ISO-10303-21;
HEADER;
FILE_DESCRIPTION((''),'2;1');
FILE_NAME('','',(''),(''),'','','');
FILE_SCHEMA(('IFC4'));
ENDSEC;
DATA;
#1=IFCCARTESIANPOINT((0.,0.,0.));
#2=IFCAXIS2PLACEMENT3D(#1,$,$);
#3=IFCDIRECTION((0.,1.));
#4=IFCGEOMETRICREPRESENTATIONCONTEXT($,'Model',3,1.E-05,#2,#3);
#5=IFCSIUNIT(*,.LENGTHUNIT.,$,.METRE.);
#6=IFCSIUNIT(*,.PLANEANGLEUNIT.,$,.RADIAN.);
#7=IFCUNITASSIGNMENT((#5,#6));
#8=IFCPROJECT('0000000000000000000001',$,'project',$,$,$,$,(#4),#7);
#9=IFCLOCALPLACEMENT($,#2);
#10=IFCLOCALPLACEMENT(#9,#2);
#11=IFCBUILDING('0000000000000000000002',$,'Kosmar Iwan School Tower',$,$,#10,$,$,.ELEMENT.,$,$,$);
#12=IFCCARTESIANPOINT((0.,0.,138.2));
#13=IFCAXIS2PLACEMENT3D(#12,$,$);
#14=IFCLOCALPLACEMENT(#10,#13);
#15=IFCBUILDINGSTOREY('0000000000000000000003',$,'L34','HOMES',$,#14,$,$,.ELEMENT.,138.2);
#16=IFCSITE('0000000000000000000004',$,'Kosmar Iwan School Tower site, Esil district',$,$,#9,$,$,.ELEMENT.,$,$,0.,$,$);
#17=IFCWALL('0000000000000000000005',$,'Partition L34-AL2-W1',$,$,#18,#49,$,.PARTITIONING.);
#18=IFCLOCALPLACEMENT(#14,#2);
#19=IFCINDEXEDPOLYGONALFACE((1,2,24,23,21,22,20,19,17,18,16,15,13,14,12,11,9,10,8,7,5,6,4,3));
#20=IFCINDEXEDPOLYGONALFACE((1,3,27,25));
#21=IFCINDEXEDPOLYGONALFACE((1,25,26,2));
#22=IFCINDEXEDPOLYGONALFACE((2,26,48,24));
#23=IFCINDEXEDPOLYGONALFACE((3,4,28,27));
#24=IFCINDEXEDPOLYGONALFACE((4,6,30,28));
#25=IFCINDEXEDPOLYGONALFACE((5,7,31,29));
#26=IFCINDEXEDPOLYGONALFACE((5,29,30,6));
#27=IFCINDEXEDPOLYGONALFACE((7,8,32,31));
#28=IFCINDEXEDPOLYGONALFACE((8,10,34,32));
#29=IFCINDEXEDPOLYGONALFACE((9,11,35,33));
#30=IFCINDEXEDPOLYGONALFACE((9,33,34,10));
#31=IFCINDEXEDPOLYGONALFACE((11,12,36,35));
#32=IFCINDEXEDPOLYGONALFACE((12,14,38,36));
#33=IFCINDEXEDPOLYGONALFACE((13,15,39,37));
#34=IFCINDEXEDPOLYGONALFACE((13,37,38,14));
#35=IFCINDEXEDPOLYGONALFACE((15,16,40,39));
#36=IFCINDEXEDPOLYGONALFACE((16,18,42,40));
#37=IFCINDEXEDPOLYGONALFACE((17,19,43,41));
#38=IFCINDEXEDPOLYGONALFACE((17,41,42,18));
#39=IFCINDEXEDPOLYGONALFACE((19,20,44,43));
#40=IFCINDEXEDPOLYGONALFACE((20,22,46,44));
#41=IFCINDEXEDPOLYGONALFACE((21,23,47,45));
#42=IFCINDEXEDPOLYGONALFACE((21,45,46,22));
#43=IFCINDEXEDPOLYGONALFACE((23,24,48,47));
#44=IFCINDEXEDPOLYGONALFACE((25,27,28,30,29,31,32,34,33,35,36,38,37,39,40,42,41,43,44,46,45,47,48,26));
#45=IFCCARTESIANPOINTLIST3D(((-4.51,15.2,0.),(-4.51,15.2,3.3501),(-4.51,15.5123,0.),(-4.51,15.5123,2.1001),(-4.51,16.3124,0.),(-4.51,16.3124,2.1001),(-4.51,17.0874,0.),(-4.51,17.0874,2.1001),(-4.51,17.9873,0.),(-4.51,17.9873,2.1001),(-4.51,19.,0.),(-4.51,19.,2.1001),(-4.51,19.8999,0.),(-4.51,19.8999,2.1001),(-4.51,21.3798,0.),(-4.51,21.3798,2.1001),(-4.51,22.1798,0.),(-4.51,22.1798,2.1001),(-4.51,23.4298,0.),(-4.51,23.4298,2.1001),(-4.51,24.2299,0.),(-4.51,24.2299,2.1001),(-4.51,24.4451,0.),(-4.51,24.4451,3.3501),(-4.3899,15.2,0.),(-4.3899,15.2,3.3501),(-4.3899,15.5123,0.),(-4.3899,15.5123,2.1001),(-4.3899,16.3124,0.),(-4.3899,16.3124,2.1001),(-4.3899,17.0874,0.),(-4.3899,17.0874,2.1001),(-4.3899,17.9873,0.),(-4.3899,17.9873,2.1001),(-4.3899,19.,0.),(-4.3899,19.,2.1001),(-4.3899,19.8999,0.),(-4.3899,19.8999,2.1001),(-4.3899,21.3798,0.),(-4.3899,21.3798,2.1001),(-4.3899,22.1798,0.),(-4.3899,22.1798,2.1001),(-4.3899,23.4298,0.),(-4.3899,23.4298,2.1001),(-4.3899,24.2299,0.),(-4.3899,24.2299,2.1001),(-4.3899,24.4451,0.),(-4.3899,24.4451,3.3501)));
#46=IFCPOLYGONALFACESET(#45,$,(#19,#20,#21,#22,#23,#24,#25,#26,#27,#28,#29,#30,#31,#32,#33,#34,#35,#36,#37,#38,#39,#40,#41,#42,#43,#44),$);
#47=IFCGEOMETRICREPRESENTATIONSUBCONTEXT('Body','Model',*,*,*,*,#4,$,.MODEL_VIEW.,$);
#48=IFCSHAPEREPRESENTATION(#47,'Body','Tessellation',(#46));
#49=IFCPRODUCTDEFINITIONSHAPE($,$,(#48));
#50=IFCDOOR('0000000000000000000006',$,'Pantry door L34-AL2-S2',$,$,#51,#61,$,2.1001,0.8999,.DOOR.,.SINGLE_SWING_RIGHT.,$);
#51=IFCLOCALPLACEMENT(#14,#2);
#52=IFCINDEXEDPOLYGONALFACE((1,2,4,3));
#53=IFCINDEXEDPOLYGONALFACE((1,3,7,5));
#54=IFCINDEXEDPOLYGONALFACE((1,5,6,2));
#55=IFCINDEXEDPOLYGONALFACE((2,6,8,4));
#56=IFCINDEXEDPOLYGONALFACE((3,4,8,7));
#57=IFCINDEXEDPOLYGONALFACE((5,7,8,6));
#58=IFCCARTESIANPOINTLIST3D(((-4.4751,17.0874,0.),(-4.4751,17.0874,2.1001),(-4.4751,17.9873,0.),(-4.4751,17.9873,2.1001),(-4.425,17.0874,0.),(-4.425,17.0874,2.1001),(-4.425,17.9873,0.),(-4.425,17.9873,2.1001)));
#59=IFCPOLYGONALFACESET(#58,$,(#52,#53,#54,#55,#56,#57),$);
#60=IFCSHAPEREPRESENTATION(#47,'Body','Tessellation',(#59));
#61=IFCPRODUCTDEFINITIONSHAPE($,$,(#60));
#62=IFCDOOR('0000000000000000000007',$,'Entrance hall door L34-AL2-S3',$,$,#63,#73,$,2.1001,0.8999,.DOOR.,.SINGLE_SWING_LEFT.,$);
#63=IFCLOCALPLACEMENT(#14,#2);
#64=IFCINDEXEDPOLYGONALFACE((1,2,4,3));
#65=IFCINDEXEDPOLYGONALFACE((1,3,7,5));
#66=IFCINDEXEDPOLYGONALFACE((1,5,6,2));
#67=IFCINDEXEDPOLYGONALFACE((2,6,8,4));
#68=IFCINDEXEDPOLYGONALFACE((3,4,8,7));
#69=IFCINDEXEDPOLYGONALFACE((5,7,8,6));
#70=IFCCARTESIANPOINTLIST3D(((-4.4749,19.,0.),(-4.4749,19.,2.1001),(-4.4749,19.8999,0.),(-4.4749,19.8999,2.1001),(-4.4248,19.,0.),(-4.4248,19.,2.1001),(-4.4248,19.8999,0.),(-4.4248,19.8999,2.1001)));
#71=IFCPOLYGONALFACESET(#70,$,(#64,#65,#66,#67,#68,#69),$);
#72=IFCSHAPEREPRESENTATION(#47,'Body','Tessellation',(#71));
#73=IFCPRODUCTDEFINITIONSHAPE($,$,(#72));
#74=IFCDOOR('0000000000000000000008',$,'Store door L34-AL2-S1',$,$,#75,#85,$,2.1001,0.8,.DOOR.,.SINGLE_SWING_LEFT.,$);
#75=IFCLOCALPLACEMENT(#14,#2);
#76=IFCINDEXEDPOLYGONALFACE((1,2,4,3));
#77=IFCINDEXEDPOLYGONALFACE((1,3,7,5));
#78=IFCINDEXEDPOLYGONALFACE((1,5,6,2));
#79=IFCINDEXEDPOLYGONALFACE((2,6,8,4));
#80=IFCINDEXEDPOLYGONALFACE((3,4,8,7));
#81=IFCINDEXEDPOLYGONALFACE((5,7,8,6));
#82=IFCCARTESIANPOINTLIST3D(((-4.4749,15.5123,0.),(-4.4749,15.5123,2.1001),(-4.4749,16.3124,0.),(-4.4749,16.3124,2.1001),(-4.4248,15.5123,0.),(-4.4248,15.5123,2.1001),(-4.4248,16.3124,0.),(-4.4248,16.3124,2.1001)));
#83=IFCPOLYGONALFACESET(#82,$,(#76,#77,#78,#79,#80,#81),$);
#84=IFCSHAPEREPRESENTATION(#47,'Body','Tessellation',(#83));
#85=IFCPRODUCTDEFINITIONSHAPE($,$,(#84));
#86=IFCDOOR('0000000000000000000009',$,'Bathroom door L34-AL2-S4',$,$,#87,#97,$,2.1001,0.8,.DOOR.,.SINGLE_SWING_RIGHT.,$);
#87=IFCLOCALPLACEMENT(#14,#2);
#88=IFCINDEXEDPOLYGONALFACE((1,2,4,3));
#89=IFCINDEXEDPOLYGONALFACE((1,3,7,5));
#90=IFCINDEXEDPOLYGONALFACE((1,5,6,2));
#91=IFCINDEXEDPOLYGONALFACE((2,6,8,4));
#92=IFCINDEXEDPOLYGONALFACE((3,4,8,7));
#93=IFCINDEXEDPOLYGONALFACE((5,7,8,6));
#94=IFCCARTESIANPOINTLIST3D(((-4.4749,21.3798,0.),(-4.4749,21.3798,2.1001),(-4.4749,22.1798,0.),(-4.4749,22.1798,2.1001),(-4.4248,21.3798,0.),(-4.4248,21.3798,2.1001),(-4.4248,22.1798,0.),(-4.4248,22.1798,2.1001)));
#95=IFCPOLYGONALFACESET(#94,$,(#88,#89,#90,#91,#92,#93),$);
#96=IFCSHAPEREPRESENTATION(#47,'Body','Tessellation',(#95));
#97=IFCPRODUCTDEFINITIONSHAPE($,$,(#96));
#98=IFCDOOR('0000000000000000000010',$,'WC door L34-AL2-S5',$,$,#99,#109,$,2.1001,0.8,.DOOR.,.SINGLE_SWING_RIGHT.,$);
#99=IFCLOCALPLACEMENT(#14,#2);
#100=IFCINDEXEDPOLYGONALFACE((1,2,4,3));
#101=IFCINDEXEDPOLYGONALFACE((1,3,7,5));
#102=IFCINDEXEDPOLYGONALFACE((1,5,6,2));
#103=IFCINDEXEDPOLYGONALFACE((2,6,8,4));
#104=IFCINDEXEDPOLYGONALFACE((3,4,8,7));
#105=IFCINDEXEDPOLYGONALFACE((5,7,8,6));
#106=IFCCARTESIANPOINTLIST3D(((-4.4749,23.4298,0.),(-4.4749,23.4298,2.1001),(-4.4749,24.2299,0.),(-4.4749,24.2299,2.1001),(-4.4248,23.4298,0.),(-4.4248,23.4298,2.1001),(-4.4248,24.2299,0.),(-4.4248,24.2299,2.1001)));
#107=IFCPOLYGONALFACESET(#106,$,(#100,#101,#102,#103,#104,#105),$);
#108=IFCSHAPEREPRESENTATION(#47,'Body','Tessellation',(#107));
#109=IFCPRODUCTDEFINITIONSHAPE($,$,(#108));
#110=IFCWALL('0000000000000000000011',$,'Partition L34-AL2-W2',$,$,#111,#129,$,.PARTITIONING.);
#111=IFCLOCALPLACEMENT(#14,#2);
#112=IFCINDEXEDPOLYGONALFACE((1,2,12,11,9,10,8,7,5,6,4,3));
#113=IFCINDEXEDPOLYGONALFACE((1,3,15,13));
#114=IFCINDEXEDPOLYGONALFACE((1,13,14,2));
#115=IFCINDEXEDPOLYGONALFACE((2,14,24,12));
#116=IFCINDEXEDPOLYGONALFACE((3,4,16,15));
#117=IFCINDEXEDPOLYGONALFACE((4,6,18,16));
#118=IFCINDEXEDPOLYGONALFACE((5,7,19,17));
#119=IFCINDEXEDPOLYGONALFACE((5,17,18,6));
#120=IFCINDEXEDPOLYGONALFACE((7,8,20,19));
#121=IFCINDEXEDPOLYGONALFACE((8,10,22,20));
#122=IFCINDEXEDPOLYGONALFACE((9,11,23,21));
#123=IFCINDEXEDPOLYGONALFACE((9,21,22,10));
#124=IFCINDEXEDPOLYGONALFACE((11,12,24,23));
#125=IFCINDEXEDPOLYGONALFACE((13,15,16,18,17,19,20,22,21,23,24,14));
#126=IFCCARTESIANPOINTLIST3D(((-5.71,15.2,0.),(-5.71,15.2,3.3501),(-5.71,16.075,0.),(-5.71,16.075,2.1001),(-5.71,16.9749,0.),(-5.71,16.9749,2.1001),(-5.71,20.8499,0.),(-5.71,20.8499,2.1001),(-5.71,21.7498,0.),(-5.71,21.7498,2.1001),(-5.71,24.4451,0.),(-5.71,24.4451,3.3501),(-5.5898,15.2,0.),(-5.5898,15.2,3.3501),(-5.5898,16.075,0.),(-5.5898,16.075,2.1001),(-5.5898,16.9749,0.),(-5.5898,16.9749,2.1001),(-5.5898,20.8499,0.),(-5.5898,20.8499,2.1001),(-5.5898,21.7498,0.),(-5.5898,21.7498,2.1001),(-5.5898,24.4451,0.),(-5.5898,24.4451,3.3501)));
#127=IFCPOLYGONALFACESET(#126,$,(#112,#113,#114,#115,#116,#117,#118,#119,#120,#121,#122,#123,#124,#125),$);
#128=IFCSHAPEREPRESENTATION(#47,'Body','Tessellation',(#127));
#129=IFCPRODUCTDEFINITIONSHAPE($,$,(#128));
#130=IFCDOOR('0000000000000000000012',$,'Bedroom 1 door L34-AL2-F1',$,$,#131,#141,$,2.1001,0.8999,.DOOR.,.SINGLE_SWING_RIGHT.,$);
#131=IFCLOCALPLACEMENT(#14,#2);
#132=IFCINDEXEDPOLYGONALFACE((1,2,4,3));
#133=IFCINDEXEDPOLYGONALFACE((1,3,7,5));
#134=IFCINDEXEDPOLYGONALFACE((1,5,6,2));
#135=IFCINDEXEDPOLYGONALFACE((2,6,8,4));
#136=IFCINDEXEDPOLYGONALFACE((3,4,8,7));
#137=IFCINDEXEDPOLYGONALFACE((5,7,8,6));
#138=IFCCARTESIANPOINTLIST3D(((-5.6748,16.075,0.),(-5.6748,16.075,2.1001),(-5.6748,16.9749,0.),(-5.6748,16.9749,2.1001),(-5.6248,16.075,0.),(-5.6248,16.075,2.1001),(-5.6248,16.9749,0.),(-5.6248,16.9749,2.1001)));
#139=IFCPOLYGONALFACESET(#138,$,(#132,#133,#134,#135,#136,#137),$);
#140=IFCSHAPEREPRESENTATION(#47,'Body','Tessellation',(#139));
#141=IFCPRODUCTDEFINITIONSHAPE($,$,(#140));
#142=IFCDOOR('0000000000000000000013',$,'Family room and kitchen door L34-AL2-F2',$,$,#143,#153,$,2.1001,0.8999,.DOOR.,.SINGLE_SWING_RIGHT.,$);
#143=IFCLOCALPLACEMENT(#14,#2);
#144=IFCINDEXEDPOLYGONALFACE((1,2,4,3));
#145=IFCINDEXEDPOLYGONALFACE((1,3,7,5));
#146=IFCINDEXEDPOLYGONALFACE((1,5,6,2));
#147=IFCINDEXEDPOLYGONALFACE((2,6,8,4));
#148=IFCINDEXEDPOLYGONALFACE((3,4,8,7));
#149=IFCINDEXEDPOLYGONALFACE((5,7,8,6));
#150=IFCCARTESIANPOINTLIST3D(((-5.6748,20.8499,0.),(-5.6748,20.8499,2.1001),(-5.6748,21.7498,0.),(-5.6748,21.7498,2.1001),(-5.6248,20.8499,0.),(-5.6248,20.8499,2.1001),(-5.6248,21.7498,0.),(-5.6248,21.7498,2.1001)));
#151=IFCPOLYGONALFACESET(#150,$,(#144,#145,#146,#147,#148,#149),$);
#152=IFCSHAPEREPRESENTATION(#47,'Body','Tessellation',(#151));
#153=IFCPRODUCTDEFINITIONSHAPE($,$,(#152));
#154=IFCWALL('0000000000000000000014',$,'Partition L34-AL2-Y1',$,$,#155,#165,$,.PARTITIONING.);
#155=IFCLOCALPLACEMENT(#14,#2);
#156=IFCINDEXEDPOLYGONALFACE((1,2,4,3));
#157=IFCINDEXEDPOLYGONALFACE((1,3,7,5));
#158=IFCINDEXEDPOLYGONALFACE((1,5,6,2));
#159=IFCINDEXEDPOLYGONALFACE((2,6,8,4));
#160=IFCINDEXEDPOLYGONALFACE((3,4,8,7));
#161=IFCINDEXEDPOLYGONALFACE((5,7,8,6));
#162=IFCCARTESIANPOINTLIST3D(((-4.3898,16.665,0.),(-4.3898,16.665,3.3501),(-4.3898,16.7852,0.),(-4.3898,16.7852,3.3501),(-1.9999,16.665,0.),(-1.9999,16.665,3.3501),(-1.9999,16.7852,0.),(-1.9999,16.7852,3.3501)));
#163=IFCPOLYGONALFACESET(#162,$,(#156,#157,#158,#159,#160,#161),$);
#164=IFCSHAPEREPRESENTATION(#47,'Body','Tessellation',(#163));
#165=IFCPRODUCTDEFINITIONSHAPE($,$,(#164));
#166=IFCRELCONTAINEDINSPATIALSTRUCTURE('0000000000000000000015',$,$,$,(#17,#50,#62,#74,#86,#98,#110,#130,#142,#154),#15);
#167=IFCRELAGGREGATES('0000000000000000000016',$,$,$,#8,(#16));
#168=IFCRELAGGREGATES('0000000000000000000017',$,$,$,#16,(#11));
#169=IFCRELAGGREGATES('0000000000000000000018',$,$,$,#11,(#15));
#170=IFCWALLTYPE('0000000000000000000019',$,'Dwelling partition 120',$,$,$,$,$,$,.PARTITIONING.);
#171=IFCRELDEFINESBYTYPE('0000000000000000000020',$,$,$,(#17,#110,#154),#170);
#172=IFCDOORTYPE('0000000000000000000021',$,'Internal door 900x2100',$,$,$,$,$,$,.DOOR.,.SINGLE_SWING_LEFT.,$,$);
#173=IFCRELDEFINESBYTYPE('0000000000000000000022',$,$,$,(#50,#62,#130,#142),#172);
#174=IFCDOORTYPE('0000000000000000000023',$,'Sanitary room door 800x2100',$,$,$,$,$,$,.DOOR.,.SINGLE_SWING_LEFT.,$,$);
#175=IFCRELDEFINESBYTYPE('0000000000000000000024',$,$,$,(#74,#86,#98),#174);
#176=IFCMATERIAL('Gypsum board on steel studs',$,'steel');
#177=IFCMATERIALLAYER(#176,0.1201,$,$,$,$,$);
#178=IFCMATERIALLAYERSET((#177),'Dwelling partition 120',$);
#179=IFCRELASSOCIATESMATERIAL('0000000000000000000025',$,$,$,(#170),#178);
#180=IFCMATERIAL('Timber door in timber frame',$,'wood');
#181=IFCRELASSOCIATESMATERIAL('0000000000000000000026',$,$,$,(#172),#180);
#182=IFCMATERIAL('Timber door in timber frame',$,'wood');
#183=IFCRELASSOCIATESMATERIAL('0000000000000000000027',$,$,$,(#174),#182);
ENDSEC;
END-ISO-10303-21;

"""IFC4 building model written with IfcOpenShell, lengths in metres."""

from ifc_helpers import new_model, si_unit, direction, frame, frame_2d, origin, place, context, subcontext, project, spatial, rectangle, extrude, material, layer, layer_set, type_object, element, fill, save


model = new_model("IFC4")

# Units and contexts
model_context = context("Model", 3, precision=1e-05, world=origin(), true_north=direction((0.0, 1.0)))
body_context = subcontext(model_context, "Body", "Model", "MODEL_VIEW")
ifc_project = project(units=[si_unit("LENGTHUNIT", "METRE"), si_unit("PLANEANGLEUNIT", "RADIAN")], contexts=[model_context])

# Site, building, storey
site_placement = place(None, origin())
site = spatial("IfcSite", under=ifc_project, at=site_placement, Name="Kosmar Iwan School Tower site, Esil district", CompositionType="ELEMENT", RefElevation=0.0)
building_placement = place(site_placement, origin())
building = spatial("IfcBuilding", under=site, at=building_placement, Name="Kosmar Iwan School Tower", CompositionType="ELEMENT")
storey_placement = place(building_placement, frame((0.0, 0.0, 138.2)))
storey = spatial("IfcBuildingStorey", under=building, at=storey_placement, Name="L34", Description="HOMES", CompositionType="ELEMENT", Elevation=138.2)

# Shared definitions
ifc_material_1 = material(Name="Gypsum board on steel studs", Category="steel")
ifc_layer_1 = layer(ifc_material_1, 0.1201)
ifc_layer_set_1 = layer_set([ifc_layer_1], Name="Dwelling partition 120")
wall_type_1 = type_object("IfcWallType", Name="Dwelling partition 120", PredefinedType="PARTITIONING", material=ifc_layer_set_1)
ifc_material_2 = material(Name="Timber door in timber frame", Category="wood")
door_type_1 = type_object("IfcDoorType", Name="Internal door 900x2100", OperationType="SINGLE_SWING_LEFT", PredefinedType="DOOR", material=ifc_material_2)
ifc_material_3 = material(Name="Timber door in timber frame", Category="wood")
door_type_2 = type_object("IfcDoorType", Name="Sanitary room door 800x2100", OperationType="SINGLE_SWING_LEFT", PredefinedType="DOOR", material=ifc_material_3)

# Walls, openings, doors
wall_1_placement = place(storey_placement, frame((-4.45, 15.2, 0.0), z_axis=(0.0, 0.0, 1.0), x_axis=(0.0, 1.0, 0.0)))
wall_1 = element("IfcWall", 1, at=wall_1_placement, inside=storey, type_object=wall_type_1, Name="Partition L34-AL2-W1", PredefinedType="PARTITIONING", context=body_context, shape_type="SweptSolid", body=[
    extrude(rectangle(XDim=9.2451, YDim=0.1201, at=frame_2d((4.6226, 0.0))), origin(), (0.0, 0.0, 1.0), 3.3501),
])
opening_1_placement = place(wall_1_placement, frame((0.3125, 0.0, 0.0)))
opening_1 = element("IfcOpeningElement", 2, at=opening_1_placement, cuts=wall_1, PredefinedType="OPENING", context=body_context, shape_type="SweptSolid", body=[
    extrude(rectangle(XDim=0.8, YDim=2.1001, at=frame_2d((0.3999, 1.05))), frame((0.0, 0.072, 0.0), z_axis=(0.0, -1.0, 0.0), x_axis=(1.0, 0.0, 0.0)), (0.0, 0.0, 1.0), 0.144),
])
opening_2_placement = place(wall_1_placement, frame((1.8875, 0.0, 0.0)))
opening_2 = element("IfcOpeningElement", 3, at=opening_2_placement, cuts=wall_1, PredefinedType="OPENING", context=body_context, shape_type="SweptSolid", body=[
    extrude(rectangle(XDim=0.8999, YDim=2.1001, at=frame_2d((0.45, 1.05))), frame((0.0, 0.072, 0.0), z_axis=(0.0, -1.0, 0.0), x_axis=(1.0, 0.0, 0.0)), (0.0, 0.0, 1.0), 0.144),
])
opening_3_placement = place(wall_1_placement, frame((3.8, 0.0, 0.0)))
opening_3 = element("IfcOpeningElement", 4, at=opening_3_placement, cuts=wall_1, PredefinedType="OPENING", context=body_context, shape_type="SweptSolid", body=[
    extrude(rectangle(XDim=0.8999, YDim=2.1001, at=frame_2d((0.45, 1.05))), frame((0.0, 0.072, 0.0), z_axis=(0.0, -1.0, 0.0), x_axis=(1.0, 0.0, 0.0)), (0.0, 0.0, 1.0), 0.144),
])
opening_4_placement = place(wall_1_placement, frame((6.1799, 0.0, 0.0)))
opening_4 = element("IfcOpeningElement", 5, at=opening_4_placement, cuts=wall_1, PredefinedType="OPENING", context=body_context, shape_type="SweptSolid", body=[
    extrude(rectangle(XDim=0.8, YDim=2.1001, at=frame_2d((0.3999, 1.05))), frame((0.0, 0.072, 0.0), z_axis=(0.0, -1.0, 0.0), x_axis=(1.0, 0.0, 0.0)), (0.0, 0.0, 1.0), 0.144),
])
opening_5_placement = place(wall_1_placement, frame((8.23, 0.0, 0.0)))
opening_5 = element("IfcOpeningElement", 6, at=opening_5_placement, cuts=wall_1, PredefinedType="OPENING", context=body_context, shape_type="SweptSolid", body=[
    extrude(rectangle(XDim=0.8, YDim=2.1001, at=frame_2d((0.3999, 1.05))), frame((0.0, 0.072, 0.0), z_axis=(0.0, -1.0, 0.0), x_axis=(1.0, 0.0, 0.0)), (0.0, 0.0, 1.0), 0.144),
])
door_1_placement = place(opening_2_placement, frame((0.8999, 0.0, 0.0), z_axis=(0.0, 0.0, 1.0), x_axis=(-1.0, 0.0, 0.0)))
door_1 = element("IfcDoor", 7, at=door_1_placement, inside=storey, type_object=door_type_1, Name="Pantry door L34-AL2-S2", OperationType="SINGLE_SWING_RIGHT", OverallHeight=2.1001, OverallWidth=0.8999, PredefinedType="DOOR", context=body_context, shape_type="SweptSolid", body=[
    extrude(rectangle(XDim=0.8999, YDim=2.1001, at=frame_2d((0.45, 1.05))), frame((0.0, 0.0249, 0.0), z_axis=(0.0, -1.0, 0.0), x_axis=(1.0, 0.0, 0.0)), (0.0, 0.0, 1.0), 0.05),
])
fill(opening_2, door_1)
door_2_placement = place(opening_3_placement, origin())
door_2 = element("IfcDoor", 8, at=door_2_placement, inside=storey, type_object=door_type_1, Name="Entrance hall door L34-AL2-S3", OperationType="SINGLE_SWING_LEFT", OverallHeight=2.1001, OverallWidth=0.8999, PredefinedType="DOOR", context=body_context, shape_type="SweptSolid", body=[
    extrude(rectangle(XDim=0.8999, YDim=2.1001, at=frame_2d((0.45, 1.05))), frame((0.0, 0.0249, 0.0), z_axis=(0.0, -1.0, 0.0), x_axis=(1.0, 0.0, 0.0)), (0.0, 0.0, 1.0), 0.05),
])
fill(opening_3, door_2)
door_3_placement = place(opening_1_placement, origin())
door_3 = element("IfcDoor", 9, at=door_3_placement, inside=storey, type_object=door_type_2, Name="Store door L34-AL2-S1", OperationType="SINGLE_SWING_LEFT", OverallHeight=2.1001, OverallWidth=0.8, PredefinedType="DOOR", context=body_context, shape_type="SweptSolid", body=[
    extrude(rectangle(XDim=0.8, YDim=2.1001, at=frame_2d((0.3999, 1.05))), frame((0.0, 0.0249, 0.0), z_axis=(0.0, -1.0, 0.0), x_axis=(1.0, 0.0, 0.0)), (0.0, 0.0, 1.0), 0.05),
])
fill(opening_1, door_3)
door_4_placement = place(opening_4_placement, origin())
door_4 = element("IfcDoor", 10, at=door_4_placement, inside=storey, type_object=door_type_2, Name="Bathroom door L34-AL2-S4", OperationType="SINGLE_SWING_RIGHT", OverallHeight=2.1001, OverallWidth=0.8, PredefinedType="DOOR", context=body_context, shape_type="SweptSolid", body=[
    extrude(rectangle(XDim=0.8, YDim=2.1001, at=frame_2d((0.3999, 1.05))), frame((0.0, 0.0249, 0.0), z_axis=(0.0, -1.0, 0.0), x_axis=(1.0, 0.0, 0.0)), (0.0, 0.0, 1.0), 0.05),
])
fill(opening_4, door_4)
door_5_placement = place(opening_5_placement, origin())
door_5 = element("IfcDoor", 11, at=door_5_placement, inside=storey, type_object=door_type_2, Name="WC door L34-AL2-S5", OperationType="SINGLE_SWING_RIGHT", OverallHeight=2.1001, OverallWidth=0.8, PredefinedType="DOOR", context=body_context, shape_type="SweptSolid", body=[
    extrude(rectangle(XDim=0.8, YDim=2.1001, at=frame_2d((0.3999, 1.05))), frame((0.0, 0.0249, 0.0), z_axis=(0.0, -1.0, 0.0), x_axis=(1.0, 0.0, 0.0)), (0.0, 0.0, 1.0), 0.05),
])
fill(opening_5, door_5)
wall_2_placement = place(storey_placement, frame((-5.6499, 15.2, 0.0), z_axis=(0.0, 0.0, 1.0), x_axis=(0.0, 1.0, 0.0)))
wall_2 = element("IfcWall", 12, at=wall_2_placement, inside=storey, type_object=wall_type_1, Name="Partition L34-AL2-W2", PredefinedType="PARTITIONING", context=body_context, shape_type="SweptSolid", body=[
    extrude(rectangle(XDim=9.2451, YDim=0.1201, at=frame_2d((4.6226, 0.0))), origin(), (0.0, 0.0, 1.0), 3.3501),
])
opening_6_placement = place(wall_2_placement, frame((0.875, 0.0, 0.0)))
opening_6 = element("IfcOpeningElement", 13, at=opening_6_placement, cuts=wall_2, PredefinedType="OPENING", context=body_context, shape_type="SweptSolid", body=[
    extrude(rectangle(XDim=0.8999, YDim=2.1001, at=frame_2d((0.45, 1.05))), frame((0.0, 0.072, 0.0), z_axis=(0.0, -1.0, 0.0), x_axis=(1.0, 0.0, 0.0)), (0.0, 0.0, 1.0), 0.144),
])
opening_7_placement = place(wall_2_placement, frame((5.6499, 0.0, 0.0)))
opening_7 = element("IfcOpeningElement", 14, at=opening_7_placement, cuts=wall_2, PredefinedType="OPENING", context=body_context, shape_type="SweptSolid", body=[
    extrude(rectangle(XDim=0.8999, YDim=2.1001, at=frame_2d((0.45, 1.05))), frame((0.0, 0.072, 0.0), z_axis=(0.0, -1.0, 0.0), x_axis=(1.0, 0.0, 0.0)), (0.0, 0.0, 1.0), 0.144),
])
door_6_placement = place(opening_6_placement, origin())
door_6 = element("IfcDoor", 15, at=door_6_placement, inside=storey, type_object=door_type_1, Name="Bedroom 1 door L34-AL2-F1", OperationType="SINGLE_SWING_RIGHT", OverallHeight=2.1001, OverallWidth=0.8999, PredefinedType="DOOR", context=body_context, shape_type="SweptSolid", body=[
    extrude(rectangle(XDim=0.8999, YDim=2.1001, at=frame_2d((0.45, 1.05))), frame((0.0, 0.0249, 0.0), z_axis=(0.0, -1.0, 0.0), x_axis=(1.0, 0.0, 0.0)), (0.0, 0.0, 1.0), 0.05),
])
fill(opening_6, door_6)
door_7_placement = place(opening_7_placement, origin())
door_7 = element("IfcDoor", 16, at=door_7_placement, inside=storey, type_object=door_type_1, Name="Family room and kitchen door L34-AL2-F2", OperationType="SINGLE_SWING_RIGHT", OverallHeight=2.1001, OverallWidth=0.8999, PredefinedType="DOOR", context=body_context, shape_type="SweptSolid", body=[
    extrude(rectangle(XDim=0.8999, YDim=2.1001, at=frame_2d((0.45, 1.05))), frame((0.0, 0.0249, 0.0), z_axis=(0.0, -1.0, 0.0), x_axis=(1.0, 0.0, 0.0)), (0.0, 0.0, 1.0), 0.05),
])
fill(opening_7, door_7)

# Wall
wall_3_placement = place(storey_placement, frame((-2.0, 16.7251, 0.0), z_axis=(0.0, 0.0, 1.0), x_axis=(-1.0, 0.0, 0.0)))
element("IfcWall", 17, at=wall_3_placement, inside=storey, type_object=wall_type_1, Name="Partition L34-AL2-Y1", PredefinedType="PARTITIONING", context=body_context, shape_type="SweptSolid", body=[
    extrude(rectangle(XDim=2.3899, YDim=0.1201, at=frame_2d((1.1948, 0.0))), origin(), (0.0, 0.0, 1.0), 3.3501),
])

save(model, "model.ifc")
